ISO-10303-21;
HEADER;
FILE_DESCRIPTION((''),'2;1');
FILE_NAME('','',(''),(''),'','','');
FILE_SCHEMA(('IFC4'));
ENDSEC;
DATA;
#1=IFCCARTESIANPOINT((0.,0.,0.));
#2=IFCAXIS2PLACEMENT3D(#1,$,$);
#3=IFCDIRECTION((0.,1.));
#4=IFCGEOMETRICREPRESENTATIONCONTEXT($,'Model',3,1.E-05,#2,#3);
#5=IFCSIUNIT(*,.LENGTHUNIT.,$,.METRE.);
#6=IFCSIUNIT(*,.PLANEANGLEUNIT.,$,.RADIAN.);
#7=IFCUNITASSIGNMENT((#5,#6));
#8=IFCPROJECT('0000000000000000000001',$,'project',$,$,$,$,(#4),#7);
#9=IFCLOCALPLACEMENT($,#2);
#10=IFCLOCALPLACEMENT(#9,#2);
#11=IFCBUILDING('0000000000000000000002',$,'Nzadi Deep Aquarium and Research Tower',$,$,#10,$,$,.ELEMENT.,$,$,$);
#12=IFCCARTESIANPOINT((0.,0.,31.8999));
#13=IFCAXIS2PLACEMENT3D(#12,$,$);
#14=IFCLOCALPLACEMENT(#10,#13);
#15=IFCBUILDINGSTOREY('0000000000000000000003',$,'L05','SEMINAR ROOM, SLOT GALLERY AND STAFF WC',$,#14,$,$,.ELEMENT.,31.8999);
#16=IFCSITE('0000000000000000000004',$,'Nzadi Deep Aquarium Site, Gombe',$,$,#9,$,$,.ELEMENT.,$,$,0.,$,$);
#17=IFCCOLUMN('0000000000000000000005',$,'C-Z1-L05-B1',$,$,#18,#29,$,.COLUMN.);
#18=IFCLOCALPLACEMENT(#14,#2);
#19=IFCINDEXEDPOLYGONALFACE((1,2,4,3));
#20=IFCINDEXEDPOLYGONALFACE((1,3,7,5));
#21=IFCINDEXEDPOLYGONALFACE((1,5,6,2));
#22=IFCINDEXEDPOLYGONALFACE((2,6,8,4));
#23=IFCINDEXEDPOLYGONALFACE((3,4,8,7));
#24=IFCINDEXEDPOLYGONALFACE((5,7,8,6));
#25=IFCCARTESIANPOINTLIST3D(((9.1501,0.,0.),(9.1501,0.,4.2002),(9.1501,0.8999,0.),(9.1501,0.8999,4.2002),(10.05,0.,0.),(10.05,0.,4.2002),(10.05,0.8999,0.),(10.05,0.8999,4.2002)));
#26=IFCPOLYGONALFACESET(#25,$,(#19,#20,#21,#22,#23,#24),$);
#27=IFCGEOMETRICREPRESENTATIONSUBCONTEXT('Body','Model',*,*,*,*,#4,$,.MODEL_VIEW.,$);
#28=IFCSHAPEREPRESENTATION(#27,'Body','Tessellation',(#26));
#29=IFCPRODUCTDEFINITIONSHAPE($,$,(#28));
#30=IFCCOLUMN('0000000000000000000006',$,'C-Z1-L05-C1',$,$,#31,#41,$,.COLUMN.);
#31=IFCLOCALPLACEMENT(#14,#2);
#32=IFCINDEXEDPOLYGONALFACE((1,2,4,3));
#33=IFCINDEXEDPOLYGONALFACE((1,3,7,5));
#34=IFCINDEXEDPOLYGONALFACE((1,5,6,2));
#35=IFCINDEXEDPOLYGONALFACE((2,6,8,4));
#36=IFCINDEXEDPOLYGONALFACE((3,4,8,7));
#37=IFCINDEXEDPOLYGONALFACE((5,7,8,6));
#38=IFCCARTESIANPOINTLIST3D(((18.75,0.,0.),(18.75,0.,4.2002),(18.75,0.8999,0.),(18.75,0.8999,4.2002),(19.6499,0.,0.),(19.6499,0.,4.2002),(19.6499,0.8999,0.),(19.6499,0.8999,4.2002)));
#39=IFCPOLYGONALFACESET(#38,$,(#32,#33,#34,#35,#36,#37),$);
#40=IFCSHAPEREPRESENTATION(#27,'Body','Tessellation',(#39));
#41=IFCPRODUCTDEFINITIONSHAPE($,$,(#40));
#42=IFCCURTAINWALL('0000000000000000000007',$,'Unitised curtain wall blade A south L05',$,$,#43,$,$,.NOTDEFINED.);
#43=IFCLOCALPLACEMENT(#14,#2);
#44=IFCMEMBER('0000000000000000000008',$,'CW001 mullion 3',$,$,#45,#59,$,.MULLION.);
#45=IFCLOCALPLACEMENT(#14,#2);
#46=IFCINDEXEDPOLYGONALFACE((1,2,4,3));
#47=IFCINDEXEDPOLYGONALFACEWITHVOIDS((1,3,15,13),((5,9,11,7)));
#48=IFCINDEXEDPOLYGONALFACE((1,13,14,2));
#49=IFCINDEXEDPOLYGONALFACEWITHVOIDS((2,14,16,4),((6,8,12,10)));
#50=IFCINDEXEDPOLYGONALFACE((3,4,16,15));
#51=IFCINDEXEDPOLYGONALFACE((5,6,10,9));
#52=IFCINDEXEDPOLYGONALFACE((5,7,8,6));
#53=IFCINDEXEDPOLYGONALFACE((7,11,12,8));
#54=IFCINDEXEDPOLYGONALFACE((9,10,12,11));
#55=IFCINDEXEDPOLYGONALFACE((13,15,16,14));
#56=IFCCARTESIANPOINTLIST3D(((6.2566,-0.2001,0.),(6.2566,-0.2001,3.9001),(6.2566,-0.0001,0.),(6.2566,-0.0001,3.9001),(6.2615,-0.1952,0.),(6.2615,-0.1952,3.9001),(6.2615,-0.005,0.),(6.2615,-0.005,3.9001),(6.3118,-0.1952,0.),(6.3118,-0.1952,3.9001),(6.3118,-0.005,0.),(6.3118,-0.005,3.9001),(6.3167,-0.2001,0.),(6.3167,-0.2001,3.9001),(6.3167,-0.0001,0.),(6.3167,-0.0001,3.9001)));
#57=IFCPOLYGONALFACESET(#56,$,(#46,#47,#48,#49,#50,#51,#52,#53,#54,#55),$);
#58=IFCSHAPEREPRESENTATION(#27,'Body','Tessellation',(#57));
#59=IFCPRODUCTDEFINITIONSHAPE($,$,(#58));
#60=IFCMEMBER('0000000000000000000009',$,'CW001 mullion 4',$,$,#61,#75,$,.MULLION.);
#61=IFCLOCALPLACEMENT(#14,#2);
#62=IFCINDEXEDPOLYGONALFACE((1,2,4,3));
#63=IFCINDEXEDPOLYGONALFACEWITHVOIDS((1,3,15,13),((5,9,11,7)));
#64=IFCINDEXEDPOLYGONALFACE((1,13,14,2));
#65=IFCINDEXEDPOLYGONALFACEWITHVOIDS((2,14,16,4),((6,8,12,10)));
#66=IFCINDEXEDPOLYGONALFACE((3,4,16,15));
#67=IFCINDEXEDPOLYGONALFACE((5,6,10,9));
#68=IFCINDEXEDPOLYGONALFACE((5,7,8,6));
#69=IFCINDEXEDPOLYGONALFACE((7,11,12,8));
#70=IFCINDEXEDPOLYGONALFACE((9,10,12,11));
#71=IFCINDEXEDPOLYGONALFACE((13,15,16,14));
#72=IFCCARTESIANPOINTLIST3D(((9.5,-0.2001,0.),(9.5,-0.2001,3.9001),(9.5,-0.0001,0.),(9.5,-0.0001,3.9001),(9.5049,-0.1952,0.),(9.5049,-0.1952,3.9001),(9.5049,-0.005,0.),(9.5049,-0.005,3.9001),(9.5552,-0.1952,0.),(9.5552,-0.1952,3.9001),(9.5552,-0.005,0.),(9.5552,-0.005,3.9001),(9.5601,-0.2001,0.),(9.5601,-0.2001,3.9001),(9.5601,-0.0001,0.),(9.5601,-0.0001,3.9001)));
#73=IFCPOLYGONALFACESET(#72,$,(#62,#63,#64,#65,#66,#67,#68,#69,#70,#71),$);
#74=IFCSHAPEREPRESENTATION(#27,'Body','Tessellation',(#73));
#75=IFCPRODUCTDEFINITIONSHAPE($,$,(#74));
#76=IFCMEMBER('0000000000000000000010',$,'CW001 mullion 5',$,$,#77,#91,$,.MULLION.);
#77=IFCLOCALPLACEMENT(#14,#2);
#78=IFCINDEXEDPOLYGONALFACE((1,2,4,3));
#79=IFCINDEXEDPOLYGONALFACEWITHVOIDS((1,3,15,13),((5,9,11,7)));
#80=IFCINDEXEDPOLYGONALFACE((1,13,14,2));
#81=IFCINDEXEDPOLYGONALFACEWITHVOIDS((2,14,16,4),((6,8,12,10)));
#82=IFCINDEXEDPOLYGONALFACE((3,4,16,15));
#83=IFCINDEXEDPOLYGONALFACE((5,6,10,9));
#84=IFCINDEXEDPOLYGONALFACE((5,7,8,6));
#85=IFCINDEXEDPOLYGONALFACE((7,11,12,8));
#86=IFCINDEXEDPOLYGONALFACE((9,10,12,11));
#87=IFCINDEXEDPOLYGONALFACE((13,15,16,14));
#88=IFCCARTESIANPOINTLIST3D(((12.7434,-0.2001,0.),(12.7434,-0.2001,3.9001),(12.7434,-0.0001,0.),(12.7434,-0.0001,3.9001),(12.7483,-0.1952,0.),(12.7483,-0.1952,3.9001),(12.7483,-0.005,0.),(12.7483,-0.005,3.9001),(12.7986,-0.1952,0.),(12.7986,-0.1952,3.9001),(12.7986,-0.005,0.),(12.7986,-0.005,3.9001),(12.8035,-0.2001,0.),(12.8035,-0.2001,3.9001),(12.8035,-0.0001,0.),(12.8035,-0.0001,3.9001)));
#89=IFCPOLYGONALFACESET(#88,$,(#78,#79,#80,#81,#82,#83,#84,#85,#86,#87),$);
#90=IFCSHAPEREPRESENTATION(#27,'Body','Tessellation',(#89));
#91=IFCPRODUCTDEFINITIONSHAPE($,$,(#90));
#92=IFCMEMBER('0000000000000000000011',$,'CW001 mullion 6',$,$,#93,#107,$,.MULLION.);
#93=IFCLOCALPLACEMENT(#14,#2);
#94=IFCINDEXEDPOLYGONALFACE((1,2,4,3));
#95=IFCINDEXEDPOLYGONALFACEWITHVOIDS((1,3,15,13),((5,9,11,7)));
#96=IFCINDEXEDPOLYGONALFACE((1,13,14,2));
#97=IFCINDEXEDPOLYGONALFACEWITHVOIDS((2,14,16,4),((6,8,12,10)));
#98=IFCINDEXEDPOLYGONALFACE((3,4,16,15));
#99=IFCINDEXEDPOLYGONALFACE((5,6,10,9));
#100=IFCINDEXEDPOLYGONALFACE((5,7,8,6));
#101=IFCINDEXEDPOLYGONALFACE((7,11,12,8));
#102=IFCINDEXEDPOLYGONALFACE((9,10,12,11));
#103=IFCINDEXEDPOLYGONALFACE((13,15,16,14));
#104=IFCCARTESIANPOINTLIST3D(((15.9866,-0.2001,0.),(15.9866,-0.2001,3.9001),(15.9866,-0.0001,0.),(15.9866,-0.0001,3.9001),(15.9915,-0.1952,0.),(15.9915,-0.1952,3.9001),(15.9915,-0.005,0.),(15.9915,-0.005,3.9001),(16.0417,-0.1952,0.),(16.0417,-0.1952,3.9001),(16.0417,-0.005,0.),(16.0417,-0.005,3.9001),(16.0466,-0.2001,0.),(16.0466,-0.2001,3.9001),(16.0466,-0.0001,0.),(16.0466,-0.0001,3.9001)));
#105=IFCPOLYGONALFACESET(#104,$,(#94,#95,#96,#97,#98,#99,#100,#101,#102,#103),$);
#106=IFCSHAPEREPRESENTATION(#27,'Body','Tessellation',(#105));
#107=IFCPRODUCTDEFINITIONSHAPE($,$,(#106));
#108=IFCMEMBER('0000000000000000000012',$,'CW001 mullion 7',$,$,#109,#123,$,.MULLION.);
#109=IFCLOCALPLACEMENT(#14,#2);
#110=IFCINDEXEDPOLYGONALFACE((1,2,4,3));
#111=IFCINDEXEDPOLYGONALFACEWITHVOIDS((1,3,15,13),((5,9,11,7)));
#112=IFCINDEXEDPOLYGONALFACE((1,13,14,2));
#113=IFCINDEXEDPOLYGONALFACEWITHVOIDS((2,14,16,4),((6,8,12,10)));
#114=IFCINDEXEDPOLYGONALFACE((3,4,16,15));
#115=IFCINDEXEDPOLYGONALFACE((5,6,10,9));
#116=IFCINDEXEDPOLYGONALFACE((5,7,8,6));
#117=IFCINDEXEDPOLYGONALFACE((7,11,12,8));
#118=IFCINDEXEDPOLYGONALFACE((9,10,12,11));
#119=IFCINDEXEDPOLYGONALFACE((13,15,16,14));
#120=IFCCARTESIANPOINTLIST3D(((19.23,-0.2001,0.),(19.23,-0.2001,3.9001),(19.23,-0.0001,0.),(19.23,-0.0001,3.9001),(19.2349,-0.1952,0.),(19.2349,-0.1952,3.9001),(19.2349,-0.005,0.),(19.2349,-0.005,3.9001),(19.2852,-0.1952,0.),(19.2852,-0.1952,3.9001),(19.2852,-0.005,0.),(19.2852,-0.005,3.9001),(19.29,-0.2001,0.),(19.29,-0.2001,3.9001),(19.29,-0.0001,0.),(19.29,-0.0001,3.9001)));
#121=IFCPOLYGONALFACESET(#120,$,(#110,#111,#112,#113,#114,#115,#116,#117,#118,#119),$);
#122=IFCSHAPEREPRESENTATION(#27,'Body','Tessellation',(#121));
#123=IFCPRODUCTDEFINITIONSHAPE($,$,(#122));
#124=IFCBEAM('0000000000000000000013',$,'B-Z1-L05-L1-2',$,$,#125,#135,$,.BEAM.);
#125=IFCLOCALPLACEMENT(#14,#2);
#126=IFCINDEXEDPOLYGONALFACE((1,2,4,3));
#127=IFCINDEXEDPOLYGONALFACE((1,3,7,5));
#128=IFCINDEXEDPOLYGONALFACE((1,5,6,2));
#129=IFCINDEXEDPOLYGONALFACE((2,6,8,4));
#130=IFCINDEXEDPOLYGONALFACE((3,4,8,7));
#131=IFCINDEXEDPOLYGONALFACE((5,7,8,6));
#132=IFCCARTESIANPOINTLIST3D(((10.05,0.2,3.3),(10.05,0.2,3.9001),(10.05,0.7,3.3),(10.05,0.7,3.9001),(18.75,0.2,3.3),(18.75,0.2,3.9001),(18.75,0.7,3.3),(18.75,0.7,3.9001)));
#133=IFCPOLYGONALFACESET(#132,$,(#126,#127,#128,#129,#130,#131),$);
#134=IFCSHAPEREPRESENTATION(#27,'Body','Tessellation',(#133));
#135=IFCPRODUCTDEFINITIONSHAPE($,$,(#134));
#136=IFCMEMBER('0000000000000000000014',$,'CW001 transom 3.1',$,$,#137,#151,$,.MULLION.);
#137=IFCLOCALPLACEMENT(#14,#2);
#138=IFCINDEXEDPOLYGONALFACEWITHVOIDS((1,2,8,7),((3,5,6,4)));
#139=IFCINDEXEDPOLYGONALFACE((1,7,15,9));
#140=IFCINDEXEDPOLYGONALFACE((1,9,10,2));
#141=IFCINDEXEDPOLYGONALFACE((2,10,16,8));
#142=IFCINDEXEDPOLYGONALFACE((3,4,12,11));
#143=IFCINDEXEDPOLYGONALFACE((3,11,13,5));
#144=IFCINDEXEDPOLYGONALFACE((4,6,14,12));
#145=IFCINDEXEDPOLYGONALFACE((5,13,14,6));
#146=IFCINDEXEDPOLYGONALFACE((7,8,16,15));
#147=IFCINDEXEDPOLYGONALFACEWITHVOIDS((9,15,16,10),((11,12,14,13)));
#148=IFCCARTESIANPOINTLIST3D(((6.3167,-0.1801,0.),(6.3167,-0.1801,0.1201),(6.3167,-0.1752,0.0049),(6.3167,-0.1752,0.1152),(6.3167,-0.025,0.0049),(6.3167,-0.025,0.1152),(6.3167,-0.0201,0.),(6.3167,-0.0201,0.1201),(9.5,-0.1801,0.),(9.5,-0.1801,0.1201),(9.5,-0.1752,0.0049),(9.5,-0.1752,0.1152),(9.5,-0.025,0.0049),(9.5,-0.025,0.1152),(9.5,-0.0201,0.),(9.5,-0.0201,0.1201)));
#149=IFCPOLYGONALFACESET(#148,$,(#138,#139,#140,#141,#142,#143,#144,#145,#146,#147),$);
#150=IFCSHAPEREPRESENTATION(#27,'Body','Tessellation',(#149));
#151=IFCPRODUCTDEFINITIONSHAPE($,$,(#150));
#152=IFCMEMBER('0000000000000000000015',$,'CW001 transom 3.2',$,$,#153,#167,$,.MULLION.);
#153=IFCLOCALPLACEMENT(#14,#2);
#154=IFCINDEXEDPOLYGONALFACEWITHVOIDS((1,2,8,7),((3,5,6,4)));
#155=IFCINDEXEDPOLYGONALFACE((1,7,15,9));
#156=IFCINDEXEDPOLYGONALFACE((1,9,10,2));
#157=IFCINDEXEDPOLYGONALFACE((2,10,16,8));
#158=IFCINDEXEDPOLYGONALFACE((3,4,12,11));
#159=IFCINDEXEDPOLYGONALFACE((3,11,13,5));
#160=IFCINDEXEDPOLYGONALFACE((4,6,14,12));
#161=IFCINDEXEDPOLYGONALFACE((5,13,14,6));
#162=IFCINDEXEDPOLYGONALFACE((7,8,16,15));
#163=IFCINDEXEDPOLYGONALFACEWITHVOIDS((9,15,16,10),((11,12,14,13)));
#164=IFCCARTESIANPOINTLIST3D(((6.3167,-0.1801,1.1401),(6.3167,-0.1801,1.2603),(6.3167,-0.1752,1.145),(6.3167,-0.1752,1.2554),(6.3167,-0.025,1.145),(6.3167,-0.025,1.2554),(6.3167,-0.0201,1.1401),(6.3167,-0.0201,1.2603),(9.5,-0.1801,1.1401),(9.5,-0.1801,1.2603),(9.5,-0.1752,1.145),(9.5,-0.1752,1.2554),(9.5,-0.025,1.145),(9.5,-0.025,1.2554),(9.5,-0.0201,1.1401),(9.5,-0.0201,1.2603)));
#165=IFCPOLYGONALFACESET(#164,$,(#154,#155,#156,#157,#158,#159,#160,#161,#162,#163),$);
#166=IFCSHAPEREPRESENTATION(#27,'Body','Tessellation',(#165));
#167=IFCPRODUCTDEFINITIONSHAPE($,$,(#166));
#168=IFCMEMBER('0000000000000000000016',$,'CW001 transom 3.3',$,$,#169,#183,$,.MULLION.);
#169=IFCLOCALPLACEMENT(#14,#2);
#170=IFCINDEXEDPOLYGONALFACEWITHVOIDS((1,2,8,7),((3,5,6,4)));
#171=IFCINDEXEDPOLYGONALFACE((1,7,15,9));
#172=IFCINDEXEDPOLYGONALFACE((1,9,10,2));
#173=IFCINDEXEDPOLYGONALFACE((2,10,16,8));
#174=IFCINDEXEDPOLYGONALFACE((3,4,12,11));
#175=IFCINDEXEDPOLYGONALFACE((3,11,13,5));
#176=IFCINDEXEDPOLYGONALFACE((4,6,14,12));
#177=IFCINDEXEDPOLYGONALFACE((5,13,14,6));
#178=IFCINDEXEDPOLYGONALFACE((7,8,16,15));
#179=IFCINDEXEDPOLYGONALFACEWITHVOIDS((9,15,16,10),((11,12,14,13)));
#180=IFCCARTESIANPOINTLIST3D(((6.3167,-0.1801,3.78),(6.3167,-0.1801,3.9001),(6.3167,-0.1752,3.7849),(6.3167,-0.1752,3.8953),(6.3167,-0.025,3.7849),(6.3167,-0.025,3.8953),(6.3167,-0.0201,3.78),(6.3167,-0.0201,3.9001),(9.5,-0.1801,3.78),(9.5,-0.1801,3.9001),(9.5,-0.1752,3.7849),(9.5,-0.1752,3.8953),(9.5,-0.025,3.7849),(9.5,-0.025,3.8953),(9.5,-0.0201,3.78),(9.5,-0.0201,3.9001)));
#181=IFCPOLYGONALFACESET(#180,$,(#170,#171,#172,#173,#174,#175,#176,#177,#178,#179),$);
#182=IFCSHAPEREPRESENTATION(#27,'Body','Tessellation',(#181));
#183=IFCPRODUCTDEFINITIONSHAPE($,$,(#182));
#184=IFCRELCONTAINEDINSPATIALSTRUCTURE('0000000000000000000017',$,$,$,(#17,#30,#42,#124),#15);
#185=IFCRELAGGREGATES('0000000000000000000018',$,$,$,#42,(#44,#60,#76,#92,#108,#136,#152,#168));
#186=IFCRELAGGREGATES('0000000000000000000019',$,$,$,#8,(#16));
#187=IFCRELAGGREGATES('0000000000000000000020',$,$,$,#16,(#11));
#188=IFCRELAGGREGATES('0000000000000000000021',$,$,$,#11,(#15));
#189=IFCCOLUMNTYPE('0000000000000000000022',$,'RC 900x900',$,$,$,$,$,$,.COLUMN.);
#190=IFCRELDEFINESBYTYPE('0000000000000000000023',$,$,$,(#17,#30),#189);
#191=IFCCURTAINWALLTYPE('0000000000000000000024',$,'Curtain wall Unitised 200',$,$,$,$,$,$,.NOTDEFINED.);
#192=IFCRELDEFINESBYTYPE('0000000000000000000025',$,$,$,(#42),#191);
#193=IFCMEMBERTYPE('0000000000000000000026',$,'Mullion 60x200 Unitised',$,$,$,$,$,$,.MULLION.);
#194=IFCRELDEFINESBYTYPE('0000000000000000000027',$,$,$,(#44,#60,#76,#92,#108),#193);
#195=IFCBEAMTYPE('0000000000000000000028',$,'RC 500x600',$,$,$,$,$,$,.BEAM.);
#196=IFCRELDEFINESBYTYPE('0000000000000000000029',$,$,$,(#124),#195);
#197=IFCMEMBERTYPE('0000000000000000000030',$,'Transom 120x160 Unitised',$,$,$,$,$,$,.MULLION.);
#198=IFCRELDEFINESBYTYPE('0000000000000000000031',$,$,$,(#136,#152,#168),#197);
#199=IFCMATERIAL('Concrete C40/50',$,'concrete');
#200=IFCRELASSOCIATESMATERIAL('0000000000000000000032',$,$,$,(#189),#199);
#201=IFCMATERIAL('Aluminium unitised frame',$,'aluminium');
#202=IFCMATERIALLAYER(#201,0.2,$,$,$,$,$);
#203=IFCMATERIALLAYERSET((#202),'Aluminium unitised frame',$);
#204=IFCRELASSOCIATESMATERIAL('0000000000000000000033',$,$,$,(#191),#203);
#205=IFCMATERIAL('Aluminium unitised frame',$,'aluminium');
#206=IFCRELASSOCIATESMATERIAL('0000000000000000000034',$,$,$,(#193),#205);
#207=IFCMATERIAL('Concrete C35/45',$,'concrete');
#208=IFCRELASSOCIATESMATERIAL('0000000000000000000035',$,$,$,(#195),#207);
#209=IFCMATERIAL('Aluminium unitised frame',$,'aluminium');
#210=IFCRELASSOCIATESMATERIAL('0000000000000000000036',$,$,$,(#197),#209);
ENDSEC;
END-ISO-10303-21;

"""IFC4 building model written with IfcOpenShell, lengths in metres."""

from ifc_helpers import new_model, si_unit, direction, frame, origin, origin_2d, place, context, subcontext, project, spatial, rectangle, hollow_rectangle, extrude, material, layer, layer_set, material_profile, profile_set, type_object, element, aggregate, save


model = new_model("IFC4")

# Units and contexts
model_context = context("Model", 3, precision=1e-05, world=origin(), true_north=direction((0.0, 1.0)))
body_context = subcontext(model_context, "Body", "Model", "MODEL_VIEW")
ifc_project = project(units=[si_unit("LENGTHUNIT", "METRE"), si_unit("PLANEANGLEUNIT", "RADIAN")], contexts=[model_context])

# Site, building, storey
site_placement = place(None, origin())
site = spatial("IfcSite", under=ifc_project, at=site_placement, Name="Nzadi Deep Aquarium Site, Gombe", CompositionType="ELEMENT", RefElevation=0.0)
building_placement = place(site_placement, origin())
building = spatial("IfcBuilding", under=site, at=building_placement, Name="Nzadi Deep Aquarium and Research Tower", CompositionType="ELEMENT")
storey_placement = place(building_placement, frame((0.0, 0.0, 31.8999)))
storey = spatial("IfcBuildingStorey", under=building, at=storey_placement, Name="L05", Description="SEMINAR ROOM, SLOT GALLERY AND STAFF WC", CompositionType="ELEMENT", Elevation=31.8999)

# Columns
ifc_material_1 = material(Name="Concrete C40/50", Category="concrete")
ifc_material_profile_1 = material_profile(ifc_material_1, rectangle(XDim=0.8999, YDim=0.8999, at=origin_2d()))
ifc_profile_set_1 = profile_set([ifc_material_profile_1], Name="Concrete C40/50")
column_type = type_object("IfcColumnType", Name="RC 900x900", PredefinedType="COLUMN", material=ifc_profile_set_1)
for number, where, z_axis, x_axis, name in (
    (1, (9.6001, 0.45, 0.0), (0.0, 0.0, 1.0), (1.0, 0.0, 0.0), "C-Z1-L05-B1"),
    (2, (19.2, 0.45, 0.0), (0.0, 0.0, 1.0), (1.0, 0.0, 0.0), "C-Z1-L05-C1"),
):
    element("IfcColumn", number, at=place(storey_placement, frame(where, z_axis=z_axis, x_axis=x_axis)), inside=storey, type_object=column_type, Name=name, PredefinedType="COLUMN", context=body_context, shape_type="SweptSolid", body=[
        extrude(rectangle(XDim=0.8999, YDim=0.8999, at=origin_2d()), origin(), (0.0, 0.0, 1.0), 4.2002),
    ])

# Curtain wall, members
ifc_material_2 = material(Name="Aluminium unitised frame", Category="aluminium")
ifc_layer_1 = layer(ifc_material_2, 0.2)
ifc_layer_set_1 = layer_set([ifc_layer_1], Name="Aluminium unitised frame")
curtain_wall_type = type_object("IfcCurtainWallType", Name="Curtain wall Unitised 200", PredefinedType="NOTDEFINED", material=ifc_layer_set_1)
curtain_wall_placement = place(storey_placement, origin())
curtain_wall = element("IfcCurtainWall", 3, at=curtain_wall_placement, inside=storey, type_object=curtain_wall_type, Name="Unitised curtain wall blade A south L05", PredefinedType="NOTDEFINED")
ifc_material_3 = material(Name="Aluminium unitised frame", Category="aluminium")
ifc_material_profile_2 = material_profile(ifc_material_3, hollow_rectangle(XDim=0.2, YDim=0.0601, WallThickness=0.0049, at=origin_2d()))
ifc_profile_set_2 = profile_set([ifc_material_profile_2], Name="Aluminium unitised frame")
member_type_1 = type_object("IfcMemberType", Name="Mullion 60x200 Unitised", PredefinedType="MULLION", material=ifc_profile_set_2)
member_1_placement = place(storey_placement, frame((6.2866, -0.1001, 0.0), z_axis=(0.0, 0.0, 1.0), x_axis=(0.0, 1.0, 0.0)))
member_1 = element("IfcMember", 4, at=member_1_placement, type_object=member_type_1, Name="CW001 mullion 3", PredefinedType="MULLION", context=body_context, shape_type="SweptSolid", body=[
    extrude(hollow_rectangle(XDim=0.2, YDim=0.0601, WallThickness=0.0049, at=origin_2d()), origin(), (0.0, 0.0, 1.0), 3.9001),
])
member_2_placement = place(storey_placement, frame((9.53, -0.1001, 0.0), z_axis=(0.0, 0.0, 1.0), x_axis=(0.0, 1.0, 0.0)))
member_2 = element("IfcMember", 5, at=member_2_placement, type_object=member_type_1, Name="CW001 mullion 4", PredefinedType="MULLION", context=body_context, shape_type="SweptSolid", body=[
    extrude(hollow_rectangle(XDim=0.2, YDim=0.0601, WallThickness=0.0049, at=origin_2d()), origin(), (0.0, 0.0, 1.0), 3.9001),
])
member_3_placement = place(storey_placement, frame((12.7734, -0.1001, 0.0), z_axis=(0.0, 0.0, 1.0), x_axis=(0.0, 1.0, 0.0)))
member_3 = element("IfcMember", 6, at=member_3_placement, type_object=member_type_1, Name="CW001 mullion 5", PredefinedType="MULLION", context=body_context, shape_type="SweptSolid", body=[
    extrude(hollow_rectangle(XDim=0.2, YDim=0.0601, WallThickness=0.0049, at=origin_2d()), origin(), (0.0, 0.0, 1.0), 3.9001),
])
member_4_placement = place(storey_placement, frame((16.0166, -0.1001, 0.0), z_axis=(0.0, 0.0, 1.0), x_axis=(0.0, 1.0, 0.0)))
member_4 = element("IfcMember", 7, at=member_4_placement, type_object=member_type_1, Name="CW001 mullion 6", PredefinedType="MULLION", context=body_context, shape_type="SweptSolid", body=[
    extrude(hollow_rectangle(XDim=0.2, YDim=0.0601, WallThickness=0.0049, at=origin_2d()), origin(), (0.0, 0.0, 1.0), 3.9001),
])
member_5_placement = place(storey_placement, frame((19.26, -0.1001, 0.0), z_axis=(0.0, 0.0, 1.0), x_axis=(0.0, 1.0, 0.0)))
member_5 = element("IfcMember", 8, at=member_5_placement, type_object=member_type_1, Name="CW001 mullion 7", PredefinedType="MULLION", context=body_context, shape_type="SweptSolid", body=[
    extrude(hollow_rectangle(XDim=0.2, YDim=0.0601, WallThickness=0.0049, at=origin_2d()), origin(), (0.0, 0.0, 1.0), 3.9001),
])

# Beam
ifc_material_4 = material(Name="Concrete C35/45", Category="concrete")
ifc_material_profile_3 = material_profile(ifc_material_4, rectangle(XDim=0.5, YDim=0.6001, at=origin_2d()))
ifc_profile_set_3 = profile_set([ifc_material_profile_3], Name="Concrete C35/45")
beam_type = type_object("IfcBeamType", Name="RC 500x600", PredefinedType="BEAM", material=ifc_profile_set_3)
beam_placement = place(storey_placement, frame((10.05, 0.45, 3.6001), z_axis=(1.0, 0.0, 0.0), x_axis=(0.0, 1.0, 0.0)))
element("IfcBeam", 9, at=beam_placement, inside=storey, type_object=beam_type, Name="B-Z1-L05-L1-2", PredefinedType="BEAM", context=body_context, shape_type="SweptSolid", body=[
    extrude(rectangle(XDim=0.5, YDim=0.6001, at=origin_2d()), origin(), (0.0, 0.0, 1.0), 8.7),
])

# Members
ifc_material_5 = material(Name="Aluminium unitised frame", Category="aluminium")
ifc_material_profile_4 = material_profile(ifc_material_5, hollow_rectangle(XDim=0.1599, YDim=0.1201, WallThickness=0.0049, at=origin_2d()))
ifc_profile_set_4 = profile_set([ifc_material_profile_4], Name="Aluminium unitised frame")
member_type_2 = type_object("IfcMemberType", Name="Transom 120x160 Unitised", PredefinedType="MULLION", material=ifc_profile_set_4)
member_6_placement = place(storey_placement, frame((6.3167, -0.1001, 0.0601), z_axis=(1.0, 0.0, 0.0), x_axis=(0.0, 1.0, 0.0)))
member_6 = element("IfcMember", 10, at=member_6_placement, type_object=member_type_2, Name="CW001 transom 3.1", PredefinedType="MULLION", context=body_context, shape_type="SweptSolid", body=[
    extrude(hollow_rectangle(XDim=0.1599, YDim=0.1201, WallThickness=0.0049, at=origin_2d()), origin(), (0.0, 0.0, 1.0), 3.1833),
])
member_7_placement = place(storey_placement, frame((6.3167, -0.1001, 1.2002), z_axis=(1.0, 0.0, 0.0), x_axis=(0.0, 1.0, 0.0)))
member_7 = element("IfcMember", 11, at=member_7_placement, type_object=member_type_2, Name="CW001 transom 3.2", PredefinedType="MULLION", context=body_context, shape_type="SweptSolid", body=[
    extrude(hollow_rectangle(XDim=0.1599, YDim=0.1201, WallThickness=0.0049, at=origin_2d()), origin(), (0.0, 0.0, 1.0), 3.1833),
])
member_8_placement = place(storey_placement, frame((6.3167, -0.1001, 3.8401), z_axis=(1.0, 0.0, 0.0), x_axis=(0.0, 1.0, 0.0)))
member_8 = element("IfcMember", 12, at=member_8_placement, type_object=member_type_2, Name="CW001 transom 3.3", PredefinedType="MULLION", context=body_context, shape_type="SweptSolid", body=[
    extrude(hollow_rectangle(XDim=0.1599, YDim=0.1201, WallThickness=0.0049, at=origin_2d()), origin(), (0.0, 0.0, 1.0), 3.1833),
])

aggregate(curtain_wall, [member_1, member_2, member_3, member_4, member_5, member_6, member_7, member_8])

save(model, "model.ifc")
